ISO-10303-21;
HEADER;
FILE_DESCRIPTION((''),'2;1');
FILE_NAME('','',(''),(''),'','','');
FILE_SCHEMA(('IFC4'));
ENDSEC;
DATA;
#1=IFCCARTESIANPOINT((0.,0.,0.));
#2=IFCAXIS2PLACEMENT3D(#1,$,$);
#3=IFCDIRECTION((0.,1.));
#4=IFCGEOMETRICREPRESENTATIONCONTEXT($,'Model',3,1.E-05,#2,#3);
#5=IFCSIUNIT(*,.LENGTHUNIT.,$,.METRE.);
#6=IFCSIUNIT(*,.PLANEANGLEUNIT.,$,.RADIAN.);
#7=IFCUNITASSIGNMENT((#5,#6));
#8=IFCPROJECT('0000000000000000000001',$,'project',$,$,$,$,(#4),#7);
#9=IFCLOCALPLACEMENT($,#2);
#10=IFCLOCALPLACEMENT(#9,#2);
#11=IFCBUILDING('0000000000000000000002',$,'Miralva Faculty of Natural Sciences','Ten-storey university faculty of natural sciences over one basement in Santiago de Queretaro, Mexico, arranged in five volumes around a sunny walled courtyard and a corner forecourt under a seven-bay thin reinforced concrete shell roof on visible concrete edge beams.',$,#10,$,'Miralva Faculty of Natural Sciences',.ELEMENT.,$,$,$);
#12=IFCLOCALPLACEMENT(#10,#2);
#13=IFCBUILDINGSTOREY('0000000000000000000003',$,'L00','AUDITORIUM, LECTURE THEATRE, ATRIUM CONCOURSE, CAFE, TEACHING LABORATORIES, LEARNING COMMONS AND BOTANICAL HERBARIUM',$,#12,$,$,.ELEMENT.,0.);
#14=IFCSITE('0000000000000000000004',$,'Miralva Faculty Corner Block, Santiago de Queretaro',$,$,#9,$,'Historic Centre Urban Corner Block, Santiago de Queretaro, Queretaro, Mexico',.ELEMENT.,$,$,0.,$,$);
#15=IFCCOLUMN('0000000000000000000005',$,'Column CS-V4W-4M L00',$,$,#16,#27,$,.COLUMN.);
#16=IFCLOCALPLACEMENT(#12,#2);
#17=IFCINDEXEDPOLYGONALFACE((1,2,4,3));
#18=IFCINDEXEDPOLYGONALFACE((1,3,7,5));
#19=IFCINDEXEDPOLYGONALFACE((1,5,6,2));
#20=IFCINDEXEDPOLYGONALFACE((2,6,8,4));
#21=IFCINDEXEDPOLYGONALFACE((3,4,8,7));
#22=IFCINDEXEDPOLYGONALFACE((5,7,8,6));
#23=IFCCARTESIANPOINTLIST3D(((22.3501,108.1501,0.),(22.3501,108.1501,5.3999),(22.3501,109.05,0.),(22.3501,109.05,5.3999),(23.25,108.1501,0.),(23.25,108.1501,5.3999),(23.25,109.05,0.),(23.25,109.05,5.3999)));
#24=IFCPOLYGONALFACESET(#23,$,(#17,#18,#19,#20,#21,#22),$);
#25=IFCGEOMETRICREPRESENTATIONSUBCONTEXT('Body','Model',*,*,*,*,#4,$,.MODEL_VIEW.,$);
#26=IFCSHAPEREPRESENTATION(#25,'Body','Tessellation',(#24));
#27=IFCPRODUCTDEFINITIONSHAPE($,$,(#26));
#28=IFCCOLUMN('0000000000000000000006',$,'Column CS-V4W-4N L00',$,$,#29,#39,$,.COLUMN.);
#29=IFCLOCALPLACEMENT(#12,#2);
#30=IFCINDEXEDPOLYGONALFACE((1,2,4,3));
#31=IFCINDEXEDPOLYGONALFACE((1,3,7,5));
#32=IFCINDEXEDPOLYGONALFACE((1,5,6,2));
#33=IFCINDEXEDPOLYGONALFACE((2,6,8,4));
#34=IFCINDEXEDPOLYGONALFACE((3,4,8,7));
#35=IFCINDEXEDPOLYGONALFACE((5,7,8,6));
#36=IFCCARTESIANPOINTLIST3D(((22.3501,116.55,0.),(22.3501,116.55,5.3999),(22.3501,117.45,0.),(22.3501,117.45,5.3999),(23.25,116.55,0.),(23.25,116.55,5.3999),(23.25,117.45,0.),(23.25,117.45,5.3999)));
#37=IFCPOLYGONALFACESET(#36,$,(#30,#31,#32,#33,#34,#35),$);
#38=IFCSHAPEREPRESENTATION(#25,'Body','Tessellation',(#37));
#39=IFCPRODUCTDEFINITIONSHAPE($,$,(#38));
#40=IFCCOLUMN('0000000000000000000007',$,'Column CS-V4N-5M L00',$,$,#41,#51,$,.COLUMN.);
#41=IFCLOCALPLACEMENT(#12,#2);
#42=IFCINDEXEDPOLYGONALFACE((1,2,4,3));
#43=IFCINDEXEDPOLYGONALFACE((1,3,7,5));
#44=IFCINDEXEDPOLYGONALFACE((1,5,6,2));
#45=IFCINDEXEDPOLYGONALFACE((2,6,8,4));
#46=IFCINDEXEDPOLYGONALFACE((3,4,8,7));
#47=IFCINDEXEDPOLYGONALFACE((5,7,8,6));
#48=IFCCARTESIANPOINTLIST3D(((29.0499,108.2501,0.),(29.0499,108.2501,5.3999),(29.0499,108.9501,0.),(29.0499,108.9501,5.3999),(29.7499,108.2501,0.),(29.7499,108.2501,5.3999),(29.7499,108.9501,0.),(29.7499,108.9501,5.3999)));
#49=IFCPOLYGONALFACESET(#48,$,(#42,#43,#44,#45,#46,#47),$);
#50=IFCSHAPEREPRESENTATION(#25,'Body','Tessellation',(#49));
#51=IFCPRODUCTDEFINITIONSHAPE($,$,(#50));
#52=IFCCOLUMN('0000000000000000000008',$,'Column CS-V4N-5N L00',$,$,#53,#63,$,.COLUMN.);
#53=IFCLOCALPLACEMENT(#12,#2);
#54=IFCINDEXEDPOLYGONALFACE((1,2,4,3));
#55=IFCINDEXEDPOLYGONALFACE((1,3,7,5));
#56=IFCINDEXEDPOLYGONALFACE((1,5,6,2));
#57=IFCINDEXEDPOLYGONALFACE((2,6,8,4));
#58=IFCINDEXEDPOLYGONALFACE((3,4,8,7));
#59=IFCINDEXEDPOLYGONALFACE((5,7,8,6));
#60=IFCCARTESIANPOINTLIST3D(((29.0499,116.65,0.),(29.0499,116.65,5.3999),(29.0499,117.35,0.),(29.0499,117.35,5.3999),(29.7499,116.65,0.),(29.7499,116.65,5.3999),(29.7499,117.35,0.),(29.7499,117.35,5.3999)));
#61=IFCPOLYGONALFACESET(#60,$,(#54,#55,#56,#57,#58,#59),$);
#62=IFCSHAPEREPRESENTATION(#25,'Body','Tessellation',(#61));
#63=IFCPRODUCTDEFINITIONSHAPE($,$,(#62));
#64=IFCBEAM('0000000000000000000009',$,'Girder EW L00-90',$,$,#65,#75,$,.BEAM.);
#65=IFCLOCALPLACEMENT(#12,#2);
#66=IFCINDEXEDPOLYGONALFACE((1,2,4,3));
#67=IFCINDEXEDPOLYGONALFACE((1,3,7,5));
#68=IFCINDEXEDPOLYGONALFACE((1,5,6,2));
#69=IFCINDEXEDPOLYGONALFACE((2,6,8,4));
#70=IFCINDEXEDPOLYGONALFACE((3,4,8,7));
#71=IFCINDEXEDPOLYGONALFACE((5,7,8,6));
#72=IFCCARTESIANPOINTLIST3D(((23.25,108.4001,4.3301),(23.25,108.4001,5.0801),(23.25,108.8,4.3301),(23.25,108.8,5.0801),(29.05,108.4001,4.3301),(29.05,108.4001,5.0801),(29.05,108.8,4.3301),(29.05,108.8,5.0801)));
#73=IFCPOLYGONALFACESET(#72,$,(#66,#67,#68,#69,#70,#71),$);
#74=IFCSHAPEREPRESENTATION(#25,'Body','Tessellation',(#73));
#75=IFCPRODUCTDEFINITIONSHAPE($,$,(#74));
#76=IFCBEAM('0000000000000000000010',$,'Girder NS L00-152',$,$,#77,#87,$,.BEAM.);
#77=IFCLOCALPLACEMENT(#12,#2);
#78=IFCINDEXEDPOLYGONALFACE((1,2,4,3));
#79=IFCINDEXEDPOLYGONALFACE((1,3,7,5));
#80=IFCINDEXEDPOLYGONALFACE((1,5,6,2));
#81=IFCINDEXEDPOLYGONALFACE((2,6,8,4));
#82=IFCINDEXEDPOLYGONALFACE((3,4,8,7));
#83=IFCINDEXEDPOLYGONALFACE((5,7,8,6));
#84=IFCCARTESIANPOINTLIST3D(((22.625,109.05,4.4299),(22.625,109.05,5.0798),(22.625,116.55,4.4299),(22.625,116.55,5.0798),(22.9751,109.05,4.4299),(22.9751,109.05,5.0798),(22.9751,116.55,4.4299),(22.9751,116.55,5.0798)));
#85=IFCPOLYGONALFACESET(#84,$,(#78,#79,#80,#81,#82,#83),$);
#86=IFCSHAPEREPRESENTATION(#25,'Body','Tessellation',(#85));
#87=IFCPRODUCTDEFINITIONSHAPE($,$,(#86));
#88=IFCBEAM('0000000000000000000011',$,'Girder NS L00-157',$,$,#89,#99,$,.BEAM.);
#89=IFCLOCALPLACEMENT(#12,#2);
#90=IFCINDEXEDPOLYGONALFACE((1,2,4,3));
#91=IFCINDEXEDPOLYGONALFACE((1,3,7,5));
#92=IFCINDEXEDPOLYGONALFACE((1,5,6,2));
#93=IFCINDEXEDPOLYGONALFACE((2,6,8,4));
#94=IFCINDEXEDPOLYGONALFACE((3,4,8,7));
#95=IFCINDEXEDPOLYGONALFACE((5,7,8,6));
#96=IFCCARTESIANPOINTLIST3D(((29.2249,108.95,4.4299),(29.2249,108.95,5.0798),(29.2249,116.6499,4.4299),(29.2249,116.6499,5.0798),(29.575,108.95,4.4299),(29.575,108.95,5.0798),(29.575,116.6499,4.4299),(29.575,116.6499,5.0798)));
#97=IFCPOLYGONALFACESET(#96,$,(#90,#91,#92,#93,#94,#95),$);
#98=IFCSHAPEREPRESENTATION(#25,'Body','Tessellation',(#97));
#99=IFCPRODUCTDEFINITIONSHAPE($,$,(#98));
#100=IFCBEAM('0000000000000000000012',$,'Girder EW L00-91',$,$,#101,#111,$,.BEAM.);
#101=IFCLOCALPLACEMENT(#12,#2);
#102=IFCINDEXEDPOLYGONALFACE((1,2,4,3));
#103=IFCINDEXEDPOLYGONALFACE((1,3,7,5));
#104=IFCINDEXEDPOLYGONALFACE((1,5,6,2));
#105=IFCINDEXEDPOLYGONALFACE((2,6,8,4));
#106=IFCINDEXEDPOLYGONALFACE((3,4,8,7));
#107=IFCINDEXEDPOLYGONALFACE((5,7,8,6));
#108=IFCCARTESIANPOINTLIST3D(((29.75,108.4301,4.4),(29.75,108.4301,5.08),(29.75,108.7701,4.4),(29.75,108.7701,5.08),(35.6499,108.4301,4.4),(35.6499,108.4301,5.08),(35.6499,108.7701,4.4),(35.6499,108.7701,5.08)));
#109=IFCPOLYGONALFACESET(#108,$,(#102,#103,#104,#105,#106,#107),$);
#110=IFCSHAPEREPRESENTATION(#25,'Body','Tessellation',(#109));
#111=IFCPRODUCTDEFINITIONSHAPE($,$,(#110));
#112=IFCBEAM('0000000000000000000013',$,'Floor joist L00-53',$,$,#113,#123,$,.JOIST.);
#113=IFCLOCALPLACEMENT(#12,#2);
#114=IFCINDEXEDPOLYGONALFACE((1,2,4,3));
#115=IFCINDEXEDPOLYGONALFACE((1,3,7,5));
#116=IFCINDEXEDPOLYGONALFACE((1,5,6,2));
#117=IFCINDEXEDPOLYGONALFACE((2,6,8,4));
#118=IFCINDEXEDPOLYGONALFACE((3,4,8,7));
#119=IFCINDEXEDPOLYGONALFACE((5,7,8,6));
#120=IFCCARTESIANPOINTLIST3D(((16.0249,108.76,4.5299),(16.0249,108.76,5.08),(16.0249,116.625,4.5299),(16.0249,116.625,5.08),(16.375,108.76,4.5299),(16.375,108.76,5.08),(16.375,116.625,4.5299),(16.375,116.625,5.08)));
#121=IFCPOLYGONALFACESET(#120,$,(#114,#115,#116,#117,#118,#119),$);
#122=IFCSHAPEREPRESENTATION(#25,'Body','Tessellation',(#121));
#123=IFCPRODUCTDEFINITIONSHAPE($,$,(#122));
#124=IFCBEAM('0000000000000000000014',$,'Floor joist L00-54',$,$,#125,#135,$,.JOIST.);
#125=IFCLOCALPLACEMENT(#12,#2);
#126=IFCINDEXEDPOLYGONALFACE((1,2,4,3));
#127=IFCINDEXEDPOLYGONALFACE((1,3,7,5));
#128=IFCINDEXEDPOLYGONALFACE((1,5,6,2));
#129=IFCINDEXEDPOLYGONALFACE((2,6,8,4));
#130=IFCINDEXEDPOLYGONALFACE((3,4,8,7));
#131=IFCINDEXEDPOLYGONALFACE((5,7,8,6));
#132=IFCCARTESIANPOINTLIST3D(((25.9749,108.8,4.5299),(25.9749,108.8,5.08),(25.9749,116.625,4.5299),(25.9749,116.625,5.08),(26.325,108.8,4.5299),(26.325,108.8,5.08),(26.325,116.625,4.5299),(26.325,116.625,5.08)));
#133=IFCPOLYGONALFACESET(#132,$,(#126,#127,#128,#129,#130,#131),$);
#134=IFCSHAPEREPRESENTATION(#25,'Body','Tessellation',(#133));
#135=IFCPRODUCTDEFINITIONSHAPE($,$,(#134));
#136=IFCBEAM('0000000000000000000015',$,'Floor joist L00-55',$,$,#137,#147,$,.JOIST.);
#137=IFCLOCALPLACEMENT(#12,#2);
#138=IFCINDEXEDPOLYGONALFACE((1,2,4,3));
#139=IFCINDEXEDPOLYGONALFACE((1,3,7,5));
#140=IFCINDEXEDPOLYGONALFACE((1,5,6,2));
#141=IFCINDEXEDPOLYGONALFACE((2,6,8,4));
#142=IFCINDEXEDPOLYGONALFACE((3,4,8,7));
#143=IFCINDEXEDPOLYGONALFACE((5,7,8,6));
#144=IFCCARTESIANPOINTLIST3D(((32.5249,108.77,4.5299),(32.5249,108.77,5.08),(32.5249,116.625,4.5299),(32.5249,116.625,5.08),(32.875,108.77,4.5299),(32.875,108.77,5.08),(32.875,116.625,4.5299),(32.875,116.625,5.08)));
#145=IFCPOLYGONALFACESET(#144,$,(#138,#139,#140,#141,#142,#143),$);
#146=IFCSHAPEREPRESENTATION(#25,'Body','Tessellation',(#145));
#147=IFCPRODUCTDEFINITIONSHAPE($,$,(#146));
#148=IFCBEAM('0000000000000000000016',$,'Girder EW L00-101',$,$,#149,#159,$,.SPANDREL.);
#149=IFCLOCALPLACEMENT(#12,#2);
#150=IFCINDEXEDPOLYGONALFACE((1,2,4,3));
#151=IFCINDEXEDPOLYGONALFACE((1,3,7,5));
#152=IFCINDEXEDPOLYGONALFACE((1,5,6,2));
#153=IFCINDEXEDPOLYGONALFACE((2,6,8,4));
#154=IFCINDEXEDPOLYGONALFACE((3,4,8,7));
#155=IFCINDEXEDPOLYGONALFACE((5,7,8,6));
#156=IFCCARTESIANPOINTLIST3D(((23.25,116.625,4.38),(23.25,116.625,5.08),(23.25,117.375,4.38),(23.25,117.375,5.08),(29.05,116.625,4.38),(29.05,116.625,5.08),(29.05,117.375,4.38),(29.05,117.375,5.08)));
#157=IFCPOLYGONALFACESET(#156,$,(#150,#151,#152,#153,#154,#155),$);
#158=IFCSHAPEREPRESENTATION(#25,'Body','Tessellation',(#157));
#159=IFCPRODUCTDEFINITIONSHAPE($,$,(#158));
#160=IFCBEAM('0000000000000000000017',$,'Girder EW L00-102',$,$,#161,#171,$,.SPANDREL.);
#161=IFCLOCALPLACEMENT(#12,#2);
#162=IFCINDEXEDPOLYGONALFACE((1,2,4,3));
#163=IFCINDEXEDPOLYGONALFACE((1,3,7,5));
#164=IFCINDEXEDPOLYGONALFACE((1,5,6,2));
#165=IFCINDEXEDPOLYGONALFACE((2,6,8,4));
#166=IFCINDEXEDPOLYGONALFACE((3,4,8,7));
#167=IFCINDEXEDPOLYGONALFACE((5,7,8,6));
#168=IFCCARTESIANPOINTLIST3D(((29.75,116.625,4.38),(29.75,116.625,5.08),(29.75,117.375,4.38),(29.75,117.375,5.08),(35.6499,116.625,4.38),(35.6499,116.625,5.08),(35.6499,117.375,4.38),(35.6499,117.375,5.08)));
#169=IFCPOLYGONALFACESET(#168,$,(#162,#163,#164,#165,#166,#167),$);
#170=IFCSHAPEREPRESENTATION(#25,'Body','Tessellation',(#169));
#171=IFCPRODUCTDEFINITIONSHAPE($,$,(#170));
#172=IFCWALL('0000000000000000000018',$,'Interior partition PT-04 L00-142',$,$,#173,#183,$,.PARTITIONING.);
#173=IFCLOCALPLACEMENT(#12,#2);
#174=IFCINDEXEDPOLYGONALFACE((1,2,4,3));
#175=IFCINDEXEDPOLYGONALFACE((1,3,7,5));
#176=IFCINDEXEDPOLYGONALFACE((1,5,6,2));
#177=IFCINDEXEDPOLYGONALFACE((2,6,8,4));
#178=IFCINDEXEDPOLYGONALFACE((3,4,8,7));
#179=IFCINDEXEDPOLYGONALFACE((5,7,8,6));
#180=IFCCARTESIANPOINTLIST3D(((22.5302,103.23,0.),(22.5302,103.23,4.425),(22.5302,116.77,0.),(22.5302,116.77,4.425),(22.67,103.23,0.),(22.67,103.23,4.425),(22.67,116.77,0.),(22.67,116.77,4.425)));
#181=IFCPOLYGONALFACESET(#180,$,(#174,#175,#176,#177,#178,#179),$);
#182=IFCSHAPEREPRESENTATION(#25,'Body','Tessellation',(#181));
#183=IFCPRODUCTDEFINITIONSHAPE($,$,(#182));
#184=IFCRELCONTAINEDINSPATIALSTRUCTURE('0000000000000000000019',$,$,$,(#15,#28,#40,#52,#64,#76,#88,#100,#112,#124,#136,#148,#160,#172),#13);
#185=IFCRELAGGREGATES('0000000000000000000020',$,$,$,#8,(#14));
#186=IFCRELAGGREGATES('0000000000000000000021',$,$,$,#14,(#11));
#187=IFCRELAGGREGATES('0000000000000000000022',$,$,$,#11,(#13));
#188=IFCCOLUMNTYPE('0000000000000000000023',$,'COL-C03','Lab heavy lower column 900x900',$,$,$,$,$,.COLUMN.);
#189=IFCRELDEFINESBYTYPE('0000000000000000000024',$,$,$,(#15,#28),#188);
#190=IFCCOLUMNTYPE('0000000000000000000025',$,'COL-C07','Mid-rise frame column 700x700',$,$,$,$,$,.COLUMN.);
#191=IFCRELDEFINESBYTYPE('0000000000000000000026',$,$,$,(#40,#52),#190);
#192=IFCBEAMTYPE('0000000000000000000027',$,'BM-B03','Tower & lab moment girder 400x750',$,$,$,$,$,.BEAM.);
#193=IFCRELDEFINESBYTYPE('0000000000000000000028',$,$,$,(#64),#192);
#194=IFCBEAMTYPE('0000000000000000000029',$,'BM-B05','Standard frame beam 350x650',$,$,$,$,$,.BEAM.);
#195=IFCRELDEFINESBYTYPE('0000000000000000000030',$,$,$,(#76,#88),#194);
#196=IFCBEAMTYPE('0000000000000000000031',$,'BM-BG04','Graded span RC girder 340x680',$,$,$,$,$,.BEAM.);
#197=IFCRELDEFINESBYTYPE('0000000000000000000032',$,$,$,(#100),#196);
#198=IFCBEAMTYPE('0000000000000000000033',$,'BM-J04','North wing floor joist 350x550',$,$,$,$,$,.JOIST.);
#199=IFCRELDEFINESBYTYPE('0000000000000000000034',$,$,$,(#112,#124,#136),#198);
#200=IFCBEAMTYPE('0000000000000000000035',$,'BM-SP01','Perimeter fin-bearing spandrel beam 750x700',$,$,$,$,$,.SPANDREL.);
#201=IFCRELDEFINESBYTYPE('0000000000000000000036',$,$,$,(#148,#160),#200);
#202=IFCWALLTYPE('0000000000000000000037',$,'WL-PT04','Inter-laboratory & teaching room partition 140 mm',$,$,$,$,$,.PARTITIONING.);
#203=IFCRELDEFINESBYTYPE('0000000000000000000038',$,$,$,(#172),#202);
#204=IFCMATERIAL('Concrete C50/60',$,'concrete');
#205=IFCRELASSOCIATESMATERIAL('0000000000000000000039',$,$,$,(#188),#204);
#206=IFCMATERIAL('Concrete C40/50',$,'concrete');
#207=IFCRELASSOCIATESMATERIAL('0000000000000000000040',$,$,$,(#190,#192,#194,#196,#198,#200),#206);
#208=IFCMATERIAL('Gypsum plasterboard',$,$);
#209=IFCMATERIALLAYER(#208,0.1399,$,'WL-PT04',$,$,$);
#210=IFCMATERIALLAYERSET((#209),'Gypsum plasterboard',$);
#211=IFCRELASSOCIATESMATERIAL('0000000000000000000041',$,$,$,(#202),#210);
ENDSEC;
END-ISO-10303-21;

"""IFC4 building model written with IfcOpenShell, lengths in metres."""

from ifc_helpers import new_model, si_unit, direction, frame, frame_2d, origin, origin_2d, place, context, subcontext, project, spatial, rectangle, extrude, material, layer, layer_set, material_profile, profile_set, type_object, element, save


model = new_model("IFC4")

# Units and contexts
model_context = context("Model", 3, precision=1e-05, world=origin(), true_north=direction((0.0, 1.0)))
body_context = subcontext(model_context, "Body", "Model", "MODEL_VIEW")
ifc_project = project(units=[si_unit("LENGTHUNIT", "METRE"), si_unit("PLANEANGLEUNIT", "RADIAN")], contexts=[model_context])

# Site, building, storey
site_placement = place(None, origin())
site = spatial("IfcSite", under=ifc_project, at=site_placement, Name="Miralva Faculty Corner Block, Santiago de Queretaro", LongName="Historic Centre Urban Corner Block, Santiago de Queretaro, Queretaro, Mexico", CompositionType="ELEMENT", RefElevation=0.0)
building_placement = place(site_placement, origin())
building = spatial("IfcBuilding", under=site, at=building_placement, Name="Miralva Faculty of Natural Sciences", Description="Ten-storey university faculty of natural sciences over one basement in Santiago de Queretaro, Mexico, arranged in five volumes around a sunny walled courtyard and a corner forecourt under a seven-bay thin reinforced concrete shell roof on visible concrete edge beams.", LongName="Miralva Faculty of Natural Sciences", CompositionType="ELEMENT")
storey_placement = place(building_placement, origin())
storey = spatial("IfcBuildingStorey", under=building, at=storey_placement, Name="L00", Description="AUDITORIUM, LECTURE THEATRE, ATRIUM CONCOURSE, CAFE, TEACHING LABORATORIES, LEARNING COMMONS AND BOTANICAL HERBARIUM", CompositionType="ELEMENT", Elevation=0.0)

# Columns
ifc_material_1 = material(Name="Concrete C50/60", Category="concrete")
ifc_material_profile_1 = material_profile(ifc_material_1, rectangle(XDim=0.8999, YDim=0.8999, at=origin_2d()), Name="RC 900x900")
ifc_profile_set_1 = profile_set([ifc_material_profile_1], Name="Concrete C50/60")
column_type_1 = type_object("IfcColumnType", Name="COL-C03", Description="Lab heavy lower column 900x900", PredefinedType="COLUMN", material=ifc_profile_set_1)
for number, where, z_axis, x_axis, name in (
    (1, (22.8, 108.6001, 0.0), (0.0, 0.0, 1.0), (1.0, 0.0, 0.0), "Column CS-V4W-4M L00"),
    (2, (22.8, 117.0, 0.0), (0.0, 0.0, 1.0), (1.0, 0.0, 0.0), "Column CS-V4W-4N L00"),
):
    element("IfcColumn", number, at=place(storey_placement, frame(where, z_axis=z_axis, x_axis=x_axis)), inside=storey, type_object=column_type_1, Name=name, PredefinedType="COLUMN", context=body_context, shape_type="SweptSolid", body=[
        extrude(rectangle(XDim=0.8999, YDim=0.8999, at=origin_2d()), origin(), (0.0, 0.0, 1.0), 5.3999),
    ])
ifc_material_2 = material(Name="Concrete C40/50", Category="concrete")
ifc_material_profile_2 = material_profile(ifc_material_2, rectangle(XDim=0.7, YDim=0.7, at=origin_2d()), Name="RC 700x700")
ifc_profile_set_2 = profile_set([ifc_material_profile_2], Name="Concrete C40/50")
column_type_2 = type_object("IfcColumnType", Name="COL-C07", Description="Mid-rise frame column 700x700", PredefinedType="COLUMN", material=ifc_profile_set_2)
for number, where, z_axis, x_axis, name in (
    (3, (29.3999, 108.6001, 0.0), (0.0, 0.0, 1.0), (1.0, 0.0, 0.0), "Column CS-V4N-5M L00"),
    (4, (29.3999, 117.0, 0.0), (0.0, 0.0, 1.0), (1.0, 0.0, 0.0), "Column CS-V4N-5N L00"),
):
    element("IfcColumn", number, at=place(storey_placement, frame(where, z_axis=z_axis, x_axis=x_axis)), inside=storey, type_object=column_type_2, Name=name, PredefinedType="COLUMN", context=body_context, shape_type="SweptSolid", body=[
        extrude(rectangle(XDim=0.7, YDim=0.7, at=origin_2d()), origin(), (0.0, 0.0, 1.0), 5.3999),
    ])

# Beams
ifc_material_profile_3 = material_profile(ifc_material_2, rectangle(XDim=0.3999, YDim=0.75, at=origin_2d()), Name="RC 400x750")
ifc_profile_set_3 = profile_set([ifc_material_profile_3], Name="Concrete C40/50")
beam_type_1 = type_object("IfcBeamType", Name="BM-B03", Description="Tower & lab moment girder 400x750", PredefinedType="BEAM", material=ifc_profile_set_3)
beam_1_placement = place(storey_placement, frame((23.25, 108.6001, 4.7051), z_axis=(1.0, 0.0, 0.0), x_axis=(0.0, 1.0, 0.0)))
element("IfcBeam", 5, at=beam_1_placement, inside=storey, type_object=beam_type_1, Name="Girder EW L00-90", PredefinedType="BEAM", context=body_context, shape_type="SweptSolid", body=[
    extrude(rectangle(XDim=0.3999, YDim=0.75, at=origin_2d()), origin(), (0.0, 0.0, 1.0), 5.8),
])
ifc_material_profile_4 = material_profile(ifc_material_2, rectangle(XDim=0.3501, YDim=0.6499, at=origin_2d()), Name="RC 350x650")
ifc_profile_set_4 = profile_set([ifc_material_profile_4], Name="Concrete C40/50")
beam_type_2 = type_object("IfcBeamType", Name="BM-B05", Description="Standard frame beam 350x650", PredefinedType="BEAM", material=ifc_profile_set_4)
beam_2_placement = place(storey_placement, frame((22.8, 109.05, 4.7549), z_axis=(0.0, 1.0, 0.0), x_axis=(-1.0, 0.0, 0.0)))
element("IfcBeam", 6, at=beam_2_placement, inside=storey, type_object=beam_type_2, Name="Girder NS L00-152", PredefinedType="BEAM", context=body_context, shape_type="SweptSolid", body=[
    extrude(rectangle(XDim=0.3501, YDim=0.6499, at=origin_2d()), origin(), (0.0, 0.0, 1.0), 7.5),
])
beam_3_placement = place(storey_placement, frame((29.3999, 108.95, 4.7549), z_axis=(0.0, 1.0, 0.0), x_axis=(-1.0, 0.0, 0.0)))
element("IfcBeam", 7, at=beam_3_placement, inside=storey, type_object=beam_type_2, Name="Girder NS L00-157", PredefinedType="BEAM", context=body_context, shape_type="SweptSolid", body=[
    extrude(rectangle(XDim=0.3501, YDim=0.6499, at=origin_2d()), origin(), (0.0, 0.0, 1.0), 7.7),
])
ifc_material_profile_5 = material_profile(ifc_material_2, rectangle(XDim=0.3401, YDim=0.6799, at=origin_2d()), Name="RC 340x680")
ifc_profile_set_5 = profile_set([ifc_material_profile_5], Name="Concrete C40/50")
beam_type_3 = type_object("IfcBeamType", Name="BM-BG04", Description="Graded span RC girder 340x680", PredefinedType="BEAM", material=ifc_profile_set_5)
beam_4_placement = place(storey_placement, frame((29.75, 108.6001, 4.74), z_axis=(1.0, 0.0, 0.0), x_axis=(0.0, 1.0, 0.0)))
element("IfcBeam", 8, at=beam_4_placement, inside=storey, type_object=beam_type_3, Name="Girder EW L00-91", PredefinedType="BEAM", context=body_context, shape_type="SweptSolid", body=[
    extrude(rectangle(XDim=0.3401, YDim=0.6799, at=origin_2d()), origin(), (0.0, 0.0, 1.0), 5.8999),
])
ifc_material_profile_6 = material_profile(ifc_material_2, rectangle(XDim=0.3501, YDim=0.55, at=origin_2d()), Name="RC 350x550")
ifc_profile_set_6 = profile_set([ifc_material_profile_6], Name="Concrete C40/50")
beam_type_4 = type_object("IfcBeamType", Name="BM-J04", Description="North wing floor joist 350x550", PredefinedType="JOIST", material=ifc_profile_set_6)
beam_5_placement = place(storey_placement, frame((16.2, 108.76, 4.8049), z_axis=(0.0, 1.0, 0.0), x_axis=(-1.0, 0.0, 0.0)))
element("IfcBeam", 9, at=beam_5_placement, inside=storey, type_object=beam_type_4, Name="Floor joist L00-53", PredefinedType="JOIST", context=body_context, shape_type="SweptSolid", body=[
    extrude(rectangle(XDim=0.3501, YDim=0.55, at=origin_2d()), origin(), (0.0, 0.0, 1.0), 7.865),
])
beam_6_placement = place(storey_placement, frame((26.1499, 108.8, 4.8049), z_axis=(0.0, 1.0, 0.0), x_axis=(-1.0, 0.0, 0.0)))
element("IfcBeam", 10, at=beam_6_placement, inside=storey, type_object=beam_type_4, Name="Floor joist L00-54", PredefinedType="JOIST", context=body_context, shape_type="SweptSolid", body=[
    extrude(rectangle(XDim=0.3501, YDim=0.55, at=origin_2d()), origin(), (0.0, 0.0, 1.0), 7.825),
])
beam_7_placement = place(storey_placement, frame((32.7, 108.77, 4.8049), z_axis=(0.0, 1.0, 0.0), x_axis=(-1.0, 0.0, 0.0)))
element("IfcBeam", 11, at=beam_7_placement, inside=storey, type_object=beam_type_4, Name="Floor joist L00-55", PredefinedType="JOIST", context=body_context, shape_type="SweptSolid", body=[
    extrude(rectangle(XDim=0.3501, YDim=0.55, at=origin_2d()), origin(), (0.0, 0.0, 1.0), 7.855),
])
ifc_material_profile_7 = material_profile(ifc_material_2, rectangle(XDim=0.75, YDim=0.7, at=origin_2d()), Name="RC 750x700")
ifc_profile_set_7 = profile_set([ifc_material_profile_7], Name="Concrete C40/50")
beam_type_5 = type_object("IfcBeamType", Name="BM-SP01", Description="Perimeter fin-bearing spandrel beam 750x700", PredefinedType="SPANDREL", material=ifc_profile_set_7)
beam_8_placement = place(storey_placement, frame((23.25, 117.0, 4.73), z_axis=(1.0, 0.0, 0.0), x_axis=(0.0, 1.0, 0.0)))
element("IfcBeam", 12, at=beam_8_placement, inside=storey, type_object=beam_type_5, Name="Girder EW L00-101", PredefinedType="SPANDREL", context=body_context, shape_type="SweptSolid", body=[
    extrude(rectangle(XDim=0.75, YDim=0.7, at=origin_2d()), origin(), (0.0, 0.0, 1.0), 5.8),
])
beam_9_placement = place(storey_placement, frame((29.75, 117.0, 4.73), z_axis=(1.0, 0.0, 0.0), x_axis=(0.0, 1.0, 0.0)))
element("IfcBeam", 13, at=beam_9_placement, inside=storey, type_object=beam_type_5, Name="Girder EW L00-102", PredefinedType="SPANDREL", context=body_context, shape_type="SweptSolid", body=[
    extrude(rectangle(XDim=0.75, YDim=0.7, at=origin_2d()), origin(), (0.0, 0.0, 1.0), 5.8999),
])

# Wall
ifc_material_3 = material(Name="Gypsum plasterboard")
ifc_layer_1 = layer(ifc_material_3, 0.1399, Name="WL-PT04")
ifc_layer_set_1 = layer_set([ifc_layer_1], Name="Gypsum plasterboard")
wall_type_1 = type_object("IfcWallType", Name="WL-PT04", Description="Inter-laboratory & teaching room partition 140 mm", PredefinedType="PARTITIONING", material=ifc_layer_set_1)
wall_1_placement = place(storey_placement, frame((22.6001, 103.23, 0.0), z_axis=(0.0, 0.0, 1.0), x_axis=(0.0, 1.0, 0.0)))
element("IfcWall", 14, at=wall_1_placement, inside=storey, type_object=wall_type_1, Name="Interior partition PT-04 L00-142", PredefinedType="PARTITIONING", context=body_context, shape_type="SweptSolid", body=[
    extrude(rectangle(XDim=13.54, YDim=0.1399, at=frame_2d((6.77, 0.0))), origin(), (0.0, 0.0, 1.0), 4.425),
])

save(model, "model.ifc")
